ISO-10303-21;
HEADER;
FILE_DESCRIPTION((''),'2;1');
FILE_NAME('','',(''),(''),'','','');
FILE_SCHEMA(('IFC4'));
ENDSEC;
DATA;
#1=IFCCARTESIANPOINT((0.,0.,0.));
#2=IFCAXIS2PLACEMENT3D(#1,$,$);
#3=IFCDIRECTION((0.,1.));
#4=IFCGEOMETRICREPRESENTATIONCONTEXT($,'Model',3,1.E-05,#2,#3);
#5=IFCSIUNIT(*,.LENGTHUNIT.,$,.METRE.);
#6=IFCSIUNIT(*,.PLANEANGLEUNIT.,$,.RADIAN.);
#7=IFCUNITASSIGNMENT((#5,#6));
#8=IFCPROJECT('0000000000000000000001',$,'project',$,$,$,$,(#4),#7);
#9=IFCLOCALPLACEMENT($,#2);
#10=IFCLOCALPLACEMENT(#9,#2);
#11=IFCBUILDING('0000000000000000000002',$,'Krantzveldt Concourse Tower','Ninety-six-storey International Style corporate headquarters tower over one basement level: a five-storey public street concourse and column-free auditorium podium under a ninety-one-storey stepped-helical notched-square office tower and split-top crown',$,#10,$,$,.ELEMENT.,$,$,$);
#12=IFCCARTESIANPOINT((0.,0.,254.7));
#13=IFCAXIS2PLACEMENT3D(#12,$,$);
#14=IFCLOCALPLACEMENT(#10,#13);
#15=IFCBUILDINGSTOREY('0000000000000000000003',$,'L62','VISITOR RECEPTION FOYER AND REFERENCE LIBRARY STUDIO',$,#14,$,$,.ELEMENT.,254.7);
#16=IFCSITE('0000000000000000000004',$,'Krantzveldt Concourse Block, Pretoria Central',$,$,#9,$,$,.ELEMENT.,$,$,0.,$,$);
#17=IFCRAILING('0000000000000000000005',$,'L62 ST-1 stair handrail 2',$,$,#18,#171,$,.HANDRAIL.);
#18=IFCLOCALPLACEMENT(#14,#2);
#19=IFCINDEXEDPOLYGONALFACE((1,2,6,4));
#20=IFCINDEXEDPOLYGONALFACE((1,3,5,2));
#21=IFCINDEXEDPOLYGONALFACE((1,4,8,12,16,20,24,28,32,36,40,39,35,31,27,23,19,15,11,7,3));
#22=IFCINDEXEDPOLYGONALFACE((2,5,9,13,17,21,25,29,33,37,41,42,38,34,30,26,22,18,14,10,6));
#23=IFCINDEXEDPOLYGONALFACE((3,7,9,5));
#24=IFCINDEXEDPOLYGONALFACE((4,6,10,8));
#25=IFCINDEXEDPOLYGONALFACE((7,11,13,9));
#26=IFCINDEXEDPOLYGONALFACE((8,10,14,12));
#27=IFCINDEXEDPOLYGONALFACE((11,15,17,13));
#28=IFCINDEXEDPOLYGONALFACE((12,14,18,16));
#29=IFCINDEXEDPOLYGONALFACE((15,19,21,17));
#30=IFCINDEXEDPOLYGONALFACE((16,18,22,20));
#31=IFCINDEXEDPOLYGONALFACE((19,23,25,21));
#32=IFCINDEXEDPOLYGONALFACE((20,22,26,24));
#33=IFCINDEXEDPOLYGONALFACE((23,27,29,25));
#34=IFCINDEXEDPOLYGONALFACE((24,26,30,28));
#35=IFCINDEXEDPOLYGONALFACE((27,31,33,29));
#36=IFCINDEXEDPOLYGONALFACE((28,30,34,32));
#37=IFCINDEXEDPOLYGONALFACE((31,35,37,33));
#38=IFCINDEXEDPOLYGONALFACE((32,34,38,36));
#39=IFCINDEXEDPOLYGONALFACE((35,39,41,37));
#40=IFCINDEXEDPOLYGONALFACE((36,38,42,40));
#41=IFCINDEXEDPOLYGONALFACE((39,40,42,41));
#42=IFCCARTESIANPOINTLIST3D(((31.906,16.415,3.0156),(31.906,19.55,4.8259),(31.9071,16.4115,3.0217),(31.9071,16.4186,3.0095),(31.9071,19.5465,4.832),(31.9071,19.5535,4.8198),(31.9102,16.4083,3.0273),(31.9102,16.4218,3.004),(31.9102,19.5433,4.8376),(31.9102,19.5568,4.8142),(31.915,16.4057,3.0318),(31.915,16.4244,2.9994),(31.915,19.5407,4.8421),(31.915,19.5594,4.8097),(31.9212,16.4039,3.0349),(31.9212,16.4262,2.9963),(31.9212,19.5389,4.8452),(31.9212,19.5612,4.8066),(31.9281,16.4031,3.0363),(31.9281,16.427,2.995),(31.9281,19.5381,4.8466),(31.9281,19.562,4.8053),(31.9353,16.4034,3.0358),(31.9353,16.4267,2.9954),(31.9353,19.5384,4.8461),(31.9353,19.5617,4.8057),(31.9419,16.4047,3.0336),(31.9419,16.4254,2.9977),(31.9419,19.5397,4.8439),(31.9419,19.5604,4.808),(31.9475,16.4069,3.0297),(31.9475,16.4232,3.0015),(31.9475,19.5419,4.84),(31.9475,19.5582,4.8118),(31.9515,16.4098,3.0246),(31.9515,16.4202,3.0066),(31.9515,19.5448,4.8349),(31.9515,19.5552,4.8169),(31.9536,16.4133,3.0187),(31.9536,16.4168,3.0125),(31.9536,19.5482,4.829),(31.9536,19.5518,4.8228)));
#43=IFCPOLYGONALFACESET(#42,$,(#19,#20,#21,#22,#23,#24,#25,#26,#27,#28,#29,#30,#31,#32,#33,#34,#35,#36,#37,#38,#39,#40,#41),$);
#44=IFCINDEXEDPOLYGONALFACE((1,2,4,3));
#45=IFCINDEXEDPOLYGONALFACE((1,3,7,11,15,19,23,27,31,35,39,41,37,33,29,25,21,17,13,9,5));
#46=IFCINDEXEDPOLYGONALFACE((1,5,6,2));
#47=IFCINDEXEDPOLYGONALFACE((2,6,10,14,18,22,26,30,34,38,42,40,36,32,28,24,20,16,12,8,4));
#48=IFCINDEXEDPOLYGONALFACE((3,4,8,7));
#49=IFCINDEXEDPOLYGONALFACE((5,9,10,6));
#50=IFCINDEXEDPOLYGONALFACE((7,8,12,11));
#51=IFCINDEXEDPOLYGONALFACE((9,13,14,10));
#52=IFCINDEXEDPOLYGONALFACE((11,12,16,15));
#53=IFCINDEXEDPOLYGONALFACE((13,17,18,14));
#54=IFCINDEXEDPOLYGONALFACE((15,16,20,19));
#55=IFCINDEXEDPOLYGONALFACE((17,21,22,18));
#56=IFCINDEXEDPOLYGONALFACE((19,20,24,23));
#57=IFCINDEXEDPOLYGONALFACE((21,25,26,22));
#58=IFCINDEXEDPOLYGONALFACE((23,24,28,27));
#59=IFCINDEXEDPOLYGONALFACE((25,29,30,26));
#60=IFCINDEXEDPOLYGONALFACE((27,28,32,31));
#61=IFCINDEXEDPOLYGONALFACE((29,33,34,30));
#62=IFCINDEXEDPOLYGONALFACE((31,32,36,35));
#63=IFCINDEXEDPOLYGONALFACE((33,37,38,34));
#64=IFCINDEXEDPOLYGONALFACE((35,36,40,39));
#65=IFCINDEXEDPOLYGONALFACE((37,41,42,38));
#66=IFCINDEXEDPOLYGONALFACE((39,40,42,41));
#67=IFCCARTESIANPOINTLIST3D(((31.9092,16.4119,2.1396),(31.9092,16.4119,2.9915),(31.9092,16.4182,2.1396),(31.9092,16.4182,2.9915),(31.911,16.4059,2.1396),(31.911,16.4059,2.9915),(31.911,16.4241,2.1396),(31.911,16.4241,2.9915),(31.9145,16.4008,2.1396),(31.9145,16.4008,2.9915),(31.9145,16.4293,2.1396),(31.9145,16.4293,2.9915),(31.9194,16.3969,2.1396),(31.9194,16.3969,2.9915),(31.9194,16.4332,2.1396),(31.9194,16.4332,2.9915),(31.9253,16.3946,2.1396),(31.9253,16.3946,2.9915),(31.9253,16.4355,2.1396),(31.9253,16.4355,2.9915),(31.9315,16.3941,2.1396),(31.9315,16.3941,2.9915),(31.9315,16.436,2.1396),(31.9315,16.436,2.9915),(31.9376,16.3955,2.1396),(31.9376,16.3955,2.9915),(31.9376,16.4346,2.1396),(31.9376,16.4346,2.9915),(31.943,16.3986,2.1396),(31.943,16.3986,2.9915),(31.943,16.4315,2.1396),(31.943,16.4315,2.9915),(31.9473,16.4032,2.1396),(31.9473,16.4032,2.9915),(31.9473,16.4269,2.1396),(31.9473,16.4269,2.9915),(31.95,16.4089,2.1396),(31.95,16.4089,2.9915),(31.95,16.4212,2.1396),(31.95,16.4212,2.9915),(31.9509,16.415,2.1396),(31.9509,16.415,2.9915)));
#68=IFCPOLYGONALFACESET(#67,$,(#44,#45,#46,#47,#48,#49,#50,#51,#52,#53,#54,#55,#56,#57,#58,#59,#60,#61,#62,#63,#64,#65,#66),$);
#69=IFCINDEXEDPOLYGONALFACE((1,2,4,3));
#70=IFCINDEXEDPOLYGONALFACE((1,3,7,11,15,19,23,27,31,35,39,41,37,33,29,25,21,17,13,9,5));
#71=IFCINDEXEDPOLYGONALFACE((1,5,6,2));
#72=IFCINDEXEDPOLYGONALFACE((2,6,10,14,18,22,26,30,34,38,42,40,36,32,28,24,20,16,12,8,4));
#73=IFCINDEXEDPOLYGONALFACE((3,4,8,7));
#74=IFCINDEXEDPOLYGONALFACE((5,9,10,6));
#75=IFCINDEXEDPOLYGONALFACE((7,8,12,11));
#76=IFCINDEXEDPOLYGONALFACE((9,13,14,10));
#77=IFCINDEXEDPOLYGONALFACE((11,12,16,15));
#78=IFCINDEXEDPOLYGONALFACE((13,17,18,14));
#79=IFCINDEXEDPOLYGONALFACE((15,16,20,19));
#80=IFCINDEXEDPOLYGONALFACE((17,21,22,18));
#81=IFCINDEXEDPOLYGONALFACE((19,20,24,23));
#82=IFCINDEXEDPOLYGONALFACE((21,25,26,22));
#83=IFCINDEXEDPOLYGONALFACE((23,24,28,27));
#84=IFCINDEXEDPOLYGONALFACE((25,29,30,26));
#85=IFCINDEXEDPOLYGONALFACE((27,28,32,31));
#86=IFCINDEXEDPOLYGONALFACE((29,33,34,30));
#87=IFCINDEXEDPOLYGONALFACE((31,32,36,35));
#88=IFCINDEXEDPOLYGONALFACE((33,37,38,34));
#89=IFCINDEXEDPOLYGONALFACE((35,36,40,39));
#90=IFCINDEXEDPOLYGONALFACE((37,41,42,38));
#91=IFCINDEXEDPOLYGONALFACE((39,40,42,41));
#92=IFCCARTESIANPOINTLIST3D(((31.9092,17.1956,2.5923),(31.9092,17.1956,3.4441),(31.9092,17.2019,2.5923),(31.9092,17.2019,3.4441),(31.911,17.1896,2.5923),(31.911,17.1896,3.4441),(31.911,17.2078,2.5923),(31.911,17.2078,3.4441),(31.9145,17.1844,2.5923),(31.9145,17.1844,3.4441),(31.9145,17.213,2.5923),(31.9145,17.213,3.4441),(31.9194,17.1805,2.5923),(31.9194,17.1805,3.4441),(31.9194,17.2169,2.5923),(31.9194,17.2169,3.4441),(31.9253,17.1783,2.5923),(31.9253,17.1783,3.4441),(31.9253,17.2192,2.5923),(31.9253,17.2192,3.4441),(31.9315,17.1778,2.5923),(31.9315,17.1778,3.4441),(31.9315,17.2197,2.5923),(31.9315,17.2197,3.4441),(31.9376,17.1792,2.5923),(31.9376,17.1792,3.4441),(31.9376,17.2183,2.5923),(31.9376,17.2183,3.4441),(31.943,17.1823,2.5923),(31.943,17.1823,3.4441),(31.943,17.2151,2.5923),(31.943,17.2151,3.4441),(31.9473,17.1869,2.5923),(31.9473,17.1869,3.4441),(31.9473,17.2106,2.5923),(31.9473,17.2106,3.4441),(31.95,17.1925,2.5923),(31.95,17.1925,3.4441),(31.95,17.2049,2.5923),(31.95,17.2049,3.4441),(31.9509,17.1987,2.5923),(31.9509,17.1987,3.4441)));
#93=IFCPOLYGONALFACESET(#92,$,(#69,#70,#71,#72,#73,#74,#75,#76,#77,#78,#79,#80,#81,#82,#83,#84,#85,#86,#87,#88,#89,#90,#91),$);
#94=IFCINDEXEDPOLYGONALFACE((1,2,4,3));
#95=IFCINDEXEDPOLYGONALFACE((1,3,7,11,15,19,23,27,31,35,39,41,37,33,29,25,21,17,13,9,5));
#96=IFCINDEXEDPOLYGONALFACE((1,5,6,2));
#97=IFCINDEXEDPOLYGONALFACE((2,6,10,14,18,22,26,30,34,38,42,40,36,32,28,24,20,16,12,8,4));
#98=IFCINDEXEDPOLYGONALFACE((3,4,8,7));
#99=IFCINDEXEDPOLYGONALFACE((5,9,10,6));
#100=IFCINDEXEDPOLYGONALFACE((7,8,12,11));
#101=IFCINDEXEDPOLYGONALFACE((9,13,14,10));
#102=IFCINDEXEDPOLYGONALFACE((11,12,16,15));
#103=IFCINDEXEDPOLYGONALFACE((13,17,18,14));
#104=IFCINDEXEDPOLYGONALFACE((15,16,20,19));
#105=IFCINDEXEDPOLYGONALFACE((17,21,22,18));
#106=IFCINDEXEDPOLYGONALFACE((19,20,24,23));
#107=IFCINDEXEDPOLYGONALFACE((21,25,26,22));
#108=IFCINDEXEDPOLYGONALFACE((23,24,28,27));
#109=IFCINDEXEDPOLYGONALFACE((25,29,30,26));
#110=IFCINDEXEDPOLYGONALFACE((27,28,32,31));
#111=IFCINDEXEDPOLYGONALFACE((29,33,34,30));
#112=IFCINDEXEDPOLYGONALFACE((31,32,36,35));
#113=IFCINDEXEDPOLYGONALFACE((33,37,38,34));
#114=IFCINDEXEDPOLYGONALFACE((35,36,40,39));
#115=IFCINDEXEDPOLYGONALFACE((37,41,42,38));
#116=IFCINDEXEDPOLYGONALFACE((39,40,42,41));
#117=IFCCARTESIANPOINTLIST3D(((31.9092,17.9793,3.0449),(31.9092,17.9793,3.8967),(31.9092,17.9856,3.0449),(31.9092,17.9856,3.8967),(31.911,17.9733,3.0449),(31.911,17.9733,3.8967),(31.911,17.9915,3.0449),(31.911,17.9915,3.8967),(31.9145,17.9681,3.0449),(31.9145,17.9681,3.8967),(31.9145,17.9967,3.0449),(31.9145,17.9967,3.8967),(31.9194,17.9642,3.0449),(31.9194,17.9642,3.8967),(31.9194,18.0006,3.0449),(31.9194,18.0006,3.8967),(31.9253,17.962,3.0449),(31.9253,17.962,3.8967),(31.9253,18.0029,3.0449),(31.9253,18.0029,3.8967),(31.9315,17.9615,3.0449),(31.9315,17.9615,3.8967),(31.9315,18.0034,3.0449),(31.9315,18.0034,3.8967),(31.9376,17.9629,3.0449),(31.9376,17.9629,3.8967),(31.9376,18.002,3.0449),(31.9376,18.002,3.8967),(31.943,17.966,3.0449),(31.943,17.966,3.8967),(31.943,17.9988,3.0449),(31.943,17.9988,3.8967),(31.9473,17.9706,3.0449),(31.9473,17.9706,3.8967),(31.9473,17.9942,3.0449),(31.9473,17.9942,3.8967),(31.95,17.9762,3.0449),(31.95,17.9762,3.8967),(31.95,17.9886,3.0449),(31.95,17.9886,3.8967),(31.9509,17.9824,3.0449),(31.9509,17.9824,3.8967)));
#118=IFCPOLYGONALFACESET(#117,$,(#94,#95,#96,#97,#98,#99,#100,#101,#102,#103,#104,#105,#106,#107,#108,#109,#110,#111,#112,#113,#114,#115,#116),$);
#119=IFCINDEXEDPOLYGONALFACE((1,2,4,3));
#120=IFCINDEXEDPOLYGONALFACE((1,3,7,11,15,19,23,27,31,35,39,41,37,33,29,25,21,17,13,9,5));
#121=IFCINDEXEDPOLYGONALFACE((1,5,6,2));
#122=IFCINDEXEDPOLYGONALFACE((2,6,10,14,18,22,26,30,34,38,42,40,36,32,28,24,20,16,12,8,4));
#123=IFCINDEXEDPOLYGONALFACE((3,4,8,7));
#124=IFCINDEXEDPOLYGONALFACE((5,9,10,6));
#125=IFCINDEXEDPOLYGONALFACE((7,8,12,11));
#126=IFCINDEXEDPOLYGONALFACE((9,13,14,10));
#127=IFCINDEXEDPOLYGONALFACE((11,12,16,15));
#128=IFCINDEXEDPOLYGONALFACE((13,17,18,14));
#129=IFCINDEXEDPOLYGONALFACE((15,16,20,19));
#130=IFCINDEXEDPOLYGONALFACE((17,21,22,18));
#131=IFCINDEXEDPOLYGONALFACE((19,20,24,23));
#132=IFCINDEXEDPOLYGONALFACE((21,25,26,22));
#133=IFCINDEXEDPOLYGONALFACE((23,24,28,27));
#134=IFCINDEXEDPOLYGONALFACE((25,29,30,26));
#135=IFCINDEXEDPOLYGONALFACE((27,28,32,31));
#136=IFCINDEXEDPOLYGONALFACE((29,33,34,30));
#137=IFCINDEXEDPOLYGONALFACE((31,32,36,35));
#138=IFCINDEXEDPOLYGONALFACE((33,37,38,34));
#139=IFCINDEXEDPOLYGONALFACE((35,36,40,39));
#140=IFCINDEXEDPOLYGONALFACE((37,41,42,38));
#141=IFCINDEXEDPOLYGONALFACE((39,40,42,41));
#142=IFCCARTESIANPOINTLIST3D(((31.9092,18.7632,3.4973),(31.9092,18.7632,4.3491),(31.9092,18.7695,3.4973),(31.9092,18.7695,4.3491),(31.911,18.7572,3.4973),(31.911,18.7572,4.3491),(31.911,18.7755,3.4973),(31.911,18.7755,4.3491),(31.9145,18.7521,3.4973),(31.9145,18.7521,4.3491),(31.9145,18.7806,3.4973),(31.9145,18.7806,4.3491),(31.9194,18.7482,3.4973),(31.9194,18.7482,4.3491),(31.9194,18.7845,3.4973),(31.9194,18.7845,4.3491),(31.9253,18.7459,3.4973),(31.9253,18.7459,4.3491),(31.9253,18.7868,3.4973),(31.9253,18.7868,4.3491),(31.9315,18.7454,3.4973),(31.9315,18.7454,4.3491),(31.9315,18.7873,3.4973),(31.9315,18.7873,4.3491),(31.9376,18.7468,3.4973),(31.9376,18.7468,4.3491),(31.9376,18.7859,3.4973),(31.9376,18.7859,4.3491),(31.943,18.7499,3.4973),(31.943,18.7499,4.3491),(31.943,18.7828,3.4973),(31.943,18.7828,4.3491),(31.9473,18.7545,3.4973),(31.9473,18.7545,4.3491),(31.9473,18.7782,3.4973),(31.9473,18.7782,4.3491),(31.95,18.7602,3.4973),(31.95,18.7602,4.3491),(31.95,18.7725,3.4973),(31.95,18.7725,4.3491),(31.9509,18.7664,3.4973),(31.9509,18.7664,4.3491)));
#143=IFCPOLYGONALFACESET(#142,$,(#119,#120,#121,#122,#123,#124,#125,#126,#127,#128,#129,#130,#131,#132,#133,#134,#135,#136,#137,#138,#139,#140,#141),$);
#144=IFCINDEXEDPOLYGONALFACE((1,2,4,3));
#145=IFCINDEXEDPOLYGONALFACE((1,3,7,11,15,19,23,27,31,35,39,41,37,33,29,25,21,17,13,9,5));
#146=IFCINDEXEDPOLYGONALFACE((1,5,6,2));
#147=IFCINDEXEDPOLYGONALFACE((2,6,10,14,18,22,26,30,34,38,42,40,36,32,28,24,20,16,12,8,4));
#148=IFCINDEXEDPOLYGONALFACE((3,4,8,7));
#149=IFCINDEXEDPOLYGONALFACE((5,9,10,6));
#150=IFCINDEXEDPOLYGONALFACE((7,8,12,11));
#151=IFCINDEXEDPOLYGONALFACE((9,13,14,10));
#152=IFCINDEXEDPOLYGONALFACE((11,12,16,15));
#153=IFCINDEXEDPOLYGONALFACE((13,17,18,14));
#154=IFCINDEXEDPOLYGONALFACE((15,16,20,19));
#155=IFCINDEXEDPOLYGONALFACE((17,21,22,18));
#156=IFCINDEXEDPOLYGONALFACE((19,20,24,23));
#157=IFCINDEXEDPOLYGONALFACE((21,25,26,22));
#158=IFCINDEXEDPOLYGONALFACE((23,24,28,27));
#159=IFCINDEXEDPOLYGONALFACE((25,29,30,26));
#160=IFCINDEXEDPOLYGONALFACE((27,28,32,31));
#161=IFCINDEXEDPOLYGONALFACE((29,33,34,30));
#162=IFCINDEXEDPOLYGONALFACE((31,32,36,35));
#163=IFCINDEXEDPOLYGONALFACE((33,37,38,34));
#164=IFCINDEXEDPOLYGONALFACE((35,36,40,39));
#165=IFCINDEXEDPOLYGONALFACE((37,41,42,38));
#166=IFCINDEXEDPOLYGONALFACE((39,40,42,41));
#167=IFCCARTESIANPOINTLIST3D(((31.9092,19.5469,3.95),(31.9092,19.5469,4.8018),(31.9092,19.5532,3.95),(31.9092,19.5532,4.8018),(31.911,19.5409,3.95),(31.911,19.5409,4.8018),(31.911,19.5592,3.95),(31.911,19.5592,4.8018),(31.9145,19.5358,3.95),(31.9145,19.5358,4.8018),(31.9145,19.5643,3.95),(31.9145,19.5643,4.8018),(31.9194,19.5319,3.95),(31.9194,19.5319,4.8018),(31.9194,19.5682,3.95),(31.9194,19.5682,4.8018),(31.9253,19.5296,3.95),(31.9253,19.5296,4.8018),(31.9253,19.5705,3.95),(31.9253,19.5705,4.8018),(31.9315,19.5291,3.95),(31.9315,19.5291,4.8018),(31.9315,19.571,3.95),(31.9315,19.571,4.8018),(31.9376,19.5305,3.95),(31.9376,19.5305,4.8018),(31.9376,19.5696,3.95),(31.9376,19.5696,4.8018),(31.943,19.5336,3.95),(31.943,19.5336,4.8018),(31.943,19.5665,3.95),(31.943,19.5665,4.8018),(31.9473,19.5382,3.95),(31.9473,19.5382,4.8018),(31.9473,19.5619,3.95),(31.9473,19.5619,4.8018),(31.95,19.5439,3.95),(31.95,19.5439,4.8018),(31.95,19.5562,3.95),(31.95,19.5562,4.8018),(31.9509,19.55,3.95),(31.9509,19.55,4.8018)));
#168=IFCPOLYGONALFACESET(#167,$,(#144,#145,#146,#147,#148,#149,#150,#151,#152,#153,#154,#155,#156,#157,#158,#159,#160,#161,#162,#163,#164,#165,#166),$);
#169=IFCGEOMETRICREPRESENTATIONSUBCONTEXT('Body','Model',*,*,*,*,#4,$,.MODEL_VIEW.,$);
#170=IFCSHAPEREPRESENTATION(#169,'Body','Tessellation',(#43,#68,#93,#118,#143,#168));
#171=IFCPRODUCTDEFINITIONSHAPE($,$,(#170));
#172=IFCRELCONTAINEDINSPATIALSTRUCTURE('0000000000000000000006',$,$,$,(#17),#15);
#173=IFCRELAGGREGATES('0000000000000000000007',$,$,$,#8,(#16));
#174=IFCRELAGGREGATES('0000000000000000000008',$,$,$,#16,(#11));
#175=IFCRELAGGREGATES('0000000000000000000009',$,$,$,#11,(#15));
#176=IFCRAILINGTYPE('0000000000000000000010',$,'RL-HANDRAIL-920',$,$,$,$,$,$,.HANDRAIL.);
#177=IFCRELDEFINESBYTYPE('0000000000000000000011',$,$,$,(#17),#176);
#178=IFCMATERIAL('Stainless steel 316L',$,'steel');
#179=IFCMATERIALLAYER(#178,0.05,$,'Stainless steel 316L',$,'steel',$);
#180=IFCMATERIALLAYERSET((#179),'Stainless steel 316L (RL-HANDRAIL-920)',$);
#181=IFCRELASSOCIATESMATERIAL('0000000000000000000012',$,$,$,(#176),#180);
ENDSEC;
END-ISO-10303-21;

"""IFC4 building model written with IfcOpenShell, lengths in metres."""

from ifc_helpers import new_model, si_unit, direction, frame, origin, origin_2d, place, context, subcontext, project, spatial, circle, extrude, material, layer, layer_set, type_object, element, save


model = new_model("IFC4")

# Units and contexts
model_context = context("Model", 3, precision=1e-05, world=origin(), true_north=direction((0.0, 1.0)))
body_context = subcontext(model_context, "Body", "Model", "MODEL_VIEW")
ifc_project = project(units=[si_unit("LENGTHUNIT", "METRE"), si_unit("PLANEANGLEUNIT", "RADIAN")], contexts=[model_context])

# Site, building, storey
site_placement = place(None, origin())
site = spatial("IfcSite", under=ifc_project, at=site_placement, Name="Krantzveldt Concourse Block, Pretoria Central", CompositionType="ELEMENT", RefElevation=0.0)
building_placement = place(site_placement, origin())
building = spatial("IfcBuilding", under=site, at=building_placement, Name="Krantzveldt Concourse Tower", Description="Ninety-six-storey International Style corporate headquarters tower over one basement level: a five-storey public street concourse and column-free auditorium podium under a ninety-one-storey stepped-helical notched-square office tower and split-top crown", CompositionType="ELEMENT")
storey_placement = place(building_placement, frame((0.0, 0.0, 254.7)))
storey = spatial("IfcBuildingStorey", under=building, at=storey_placement, Name="L62", Description="VISITOR RECEPTION FOYER AND REFERENCE LIBRARY STUDIO", CompositionType="ELEMENT", Elevation=254.7)

# Railing
ifc_material_1 = material(Name="Stainless steel 316L", Category="steel")
ifc_layer_1 = layer(ifc_material_1, 0.05, Name="Stainless steel 316L", Category="steel")
ifc_layer_set_1 = layer_set([ifc_layer_1], Name="Stainless steel 316L (RL-HANDRAIL-920)")
railing_type_1 = type_object("IfcRailingType", Name="RL-HANDRAIL-920", PredefinedType="HANDRAIL", material=ifc_layer_set_1)
railing_1_placement = place(storey_placement, frame((31.9299, 16.415, 2.1396)))
element("IfcRailing", 1, at=railing_1_placement, inside=storey, type_object=railing_type_1, Name="L62 ST-1 stair handrail 2", PredefinedType="HANDRAIL", context=body_context, shape_type="SweptSolid", body=[
    extrude(circle(Radius=0.0239, at=origin_2d()), frame((0.0, 0.0, 0.876), z_axis=(0.0, 0.865989, 0.500063), x_axis=(-1.0, 0.0, 0.0)), (0.0, 0.0, 1.0), 3.6201),
    extrude(circle(Radius=0.021, at=origin_2d()), origin(), (0.0, 0.0, 1.0), 0.8518),
    extrude(circle(Radius=0.021, at=origin_2d()), frame((0.0, 0.7837, 0.4526)), (0.0, 0.0, 1.0), 0.8518),
    extrude(circle(Radius=0.021, at=origin_2d()), frame((0.0, 1.5674, 0.9053)), (0.0, 0.0, 1.0), 0.8518),
    extrude(circle(Radius=0.021, at=origin_2d()), frame((0.0, 2.3513, 1.3577)), (0.0, 0.0, 1.0), 0.8518),
    extrude(circle(Radius=0.021, at=origin_2d()), frame((0.0, 3.135, 1.8103)), (0.0, 0.0, 1.0), 0.8518),
])

save(model, "model.ifc")
